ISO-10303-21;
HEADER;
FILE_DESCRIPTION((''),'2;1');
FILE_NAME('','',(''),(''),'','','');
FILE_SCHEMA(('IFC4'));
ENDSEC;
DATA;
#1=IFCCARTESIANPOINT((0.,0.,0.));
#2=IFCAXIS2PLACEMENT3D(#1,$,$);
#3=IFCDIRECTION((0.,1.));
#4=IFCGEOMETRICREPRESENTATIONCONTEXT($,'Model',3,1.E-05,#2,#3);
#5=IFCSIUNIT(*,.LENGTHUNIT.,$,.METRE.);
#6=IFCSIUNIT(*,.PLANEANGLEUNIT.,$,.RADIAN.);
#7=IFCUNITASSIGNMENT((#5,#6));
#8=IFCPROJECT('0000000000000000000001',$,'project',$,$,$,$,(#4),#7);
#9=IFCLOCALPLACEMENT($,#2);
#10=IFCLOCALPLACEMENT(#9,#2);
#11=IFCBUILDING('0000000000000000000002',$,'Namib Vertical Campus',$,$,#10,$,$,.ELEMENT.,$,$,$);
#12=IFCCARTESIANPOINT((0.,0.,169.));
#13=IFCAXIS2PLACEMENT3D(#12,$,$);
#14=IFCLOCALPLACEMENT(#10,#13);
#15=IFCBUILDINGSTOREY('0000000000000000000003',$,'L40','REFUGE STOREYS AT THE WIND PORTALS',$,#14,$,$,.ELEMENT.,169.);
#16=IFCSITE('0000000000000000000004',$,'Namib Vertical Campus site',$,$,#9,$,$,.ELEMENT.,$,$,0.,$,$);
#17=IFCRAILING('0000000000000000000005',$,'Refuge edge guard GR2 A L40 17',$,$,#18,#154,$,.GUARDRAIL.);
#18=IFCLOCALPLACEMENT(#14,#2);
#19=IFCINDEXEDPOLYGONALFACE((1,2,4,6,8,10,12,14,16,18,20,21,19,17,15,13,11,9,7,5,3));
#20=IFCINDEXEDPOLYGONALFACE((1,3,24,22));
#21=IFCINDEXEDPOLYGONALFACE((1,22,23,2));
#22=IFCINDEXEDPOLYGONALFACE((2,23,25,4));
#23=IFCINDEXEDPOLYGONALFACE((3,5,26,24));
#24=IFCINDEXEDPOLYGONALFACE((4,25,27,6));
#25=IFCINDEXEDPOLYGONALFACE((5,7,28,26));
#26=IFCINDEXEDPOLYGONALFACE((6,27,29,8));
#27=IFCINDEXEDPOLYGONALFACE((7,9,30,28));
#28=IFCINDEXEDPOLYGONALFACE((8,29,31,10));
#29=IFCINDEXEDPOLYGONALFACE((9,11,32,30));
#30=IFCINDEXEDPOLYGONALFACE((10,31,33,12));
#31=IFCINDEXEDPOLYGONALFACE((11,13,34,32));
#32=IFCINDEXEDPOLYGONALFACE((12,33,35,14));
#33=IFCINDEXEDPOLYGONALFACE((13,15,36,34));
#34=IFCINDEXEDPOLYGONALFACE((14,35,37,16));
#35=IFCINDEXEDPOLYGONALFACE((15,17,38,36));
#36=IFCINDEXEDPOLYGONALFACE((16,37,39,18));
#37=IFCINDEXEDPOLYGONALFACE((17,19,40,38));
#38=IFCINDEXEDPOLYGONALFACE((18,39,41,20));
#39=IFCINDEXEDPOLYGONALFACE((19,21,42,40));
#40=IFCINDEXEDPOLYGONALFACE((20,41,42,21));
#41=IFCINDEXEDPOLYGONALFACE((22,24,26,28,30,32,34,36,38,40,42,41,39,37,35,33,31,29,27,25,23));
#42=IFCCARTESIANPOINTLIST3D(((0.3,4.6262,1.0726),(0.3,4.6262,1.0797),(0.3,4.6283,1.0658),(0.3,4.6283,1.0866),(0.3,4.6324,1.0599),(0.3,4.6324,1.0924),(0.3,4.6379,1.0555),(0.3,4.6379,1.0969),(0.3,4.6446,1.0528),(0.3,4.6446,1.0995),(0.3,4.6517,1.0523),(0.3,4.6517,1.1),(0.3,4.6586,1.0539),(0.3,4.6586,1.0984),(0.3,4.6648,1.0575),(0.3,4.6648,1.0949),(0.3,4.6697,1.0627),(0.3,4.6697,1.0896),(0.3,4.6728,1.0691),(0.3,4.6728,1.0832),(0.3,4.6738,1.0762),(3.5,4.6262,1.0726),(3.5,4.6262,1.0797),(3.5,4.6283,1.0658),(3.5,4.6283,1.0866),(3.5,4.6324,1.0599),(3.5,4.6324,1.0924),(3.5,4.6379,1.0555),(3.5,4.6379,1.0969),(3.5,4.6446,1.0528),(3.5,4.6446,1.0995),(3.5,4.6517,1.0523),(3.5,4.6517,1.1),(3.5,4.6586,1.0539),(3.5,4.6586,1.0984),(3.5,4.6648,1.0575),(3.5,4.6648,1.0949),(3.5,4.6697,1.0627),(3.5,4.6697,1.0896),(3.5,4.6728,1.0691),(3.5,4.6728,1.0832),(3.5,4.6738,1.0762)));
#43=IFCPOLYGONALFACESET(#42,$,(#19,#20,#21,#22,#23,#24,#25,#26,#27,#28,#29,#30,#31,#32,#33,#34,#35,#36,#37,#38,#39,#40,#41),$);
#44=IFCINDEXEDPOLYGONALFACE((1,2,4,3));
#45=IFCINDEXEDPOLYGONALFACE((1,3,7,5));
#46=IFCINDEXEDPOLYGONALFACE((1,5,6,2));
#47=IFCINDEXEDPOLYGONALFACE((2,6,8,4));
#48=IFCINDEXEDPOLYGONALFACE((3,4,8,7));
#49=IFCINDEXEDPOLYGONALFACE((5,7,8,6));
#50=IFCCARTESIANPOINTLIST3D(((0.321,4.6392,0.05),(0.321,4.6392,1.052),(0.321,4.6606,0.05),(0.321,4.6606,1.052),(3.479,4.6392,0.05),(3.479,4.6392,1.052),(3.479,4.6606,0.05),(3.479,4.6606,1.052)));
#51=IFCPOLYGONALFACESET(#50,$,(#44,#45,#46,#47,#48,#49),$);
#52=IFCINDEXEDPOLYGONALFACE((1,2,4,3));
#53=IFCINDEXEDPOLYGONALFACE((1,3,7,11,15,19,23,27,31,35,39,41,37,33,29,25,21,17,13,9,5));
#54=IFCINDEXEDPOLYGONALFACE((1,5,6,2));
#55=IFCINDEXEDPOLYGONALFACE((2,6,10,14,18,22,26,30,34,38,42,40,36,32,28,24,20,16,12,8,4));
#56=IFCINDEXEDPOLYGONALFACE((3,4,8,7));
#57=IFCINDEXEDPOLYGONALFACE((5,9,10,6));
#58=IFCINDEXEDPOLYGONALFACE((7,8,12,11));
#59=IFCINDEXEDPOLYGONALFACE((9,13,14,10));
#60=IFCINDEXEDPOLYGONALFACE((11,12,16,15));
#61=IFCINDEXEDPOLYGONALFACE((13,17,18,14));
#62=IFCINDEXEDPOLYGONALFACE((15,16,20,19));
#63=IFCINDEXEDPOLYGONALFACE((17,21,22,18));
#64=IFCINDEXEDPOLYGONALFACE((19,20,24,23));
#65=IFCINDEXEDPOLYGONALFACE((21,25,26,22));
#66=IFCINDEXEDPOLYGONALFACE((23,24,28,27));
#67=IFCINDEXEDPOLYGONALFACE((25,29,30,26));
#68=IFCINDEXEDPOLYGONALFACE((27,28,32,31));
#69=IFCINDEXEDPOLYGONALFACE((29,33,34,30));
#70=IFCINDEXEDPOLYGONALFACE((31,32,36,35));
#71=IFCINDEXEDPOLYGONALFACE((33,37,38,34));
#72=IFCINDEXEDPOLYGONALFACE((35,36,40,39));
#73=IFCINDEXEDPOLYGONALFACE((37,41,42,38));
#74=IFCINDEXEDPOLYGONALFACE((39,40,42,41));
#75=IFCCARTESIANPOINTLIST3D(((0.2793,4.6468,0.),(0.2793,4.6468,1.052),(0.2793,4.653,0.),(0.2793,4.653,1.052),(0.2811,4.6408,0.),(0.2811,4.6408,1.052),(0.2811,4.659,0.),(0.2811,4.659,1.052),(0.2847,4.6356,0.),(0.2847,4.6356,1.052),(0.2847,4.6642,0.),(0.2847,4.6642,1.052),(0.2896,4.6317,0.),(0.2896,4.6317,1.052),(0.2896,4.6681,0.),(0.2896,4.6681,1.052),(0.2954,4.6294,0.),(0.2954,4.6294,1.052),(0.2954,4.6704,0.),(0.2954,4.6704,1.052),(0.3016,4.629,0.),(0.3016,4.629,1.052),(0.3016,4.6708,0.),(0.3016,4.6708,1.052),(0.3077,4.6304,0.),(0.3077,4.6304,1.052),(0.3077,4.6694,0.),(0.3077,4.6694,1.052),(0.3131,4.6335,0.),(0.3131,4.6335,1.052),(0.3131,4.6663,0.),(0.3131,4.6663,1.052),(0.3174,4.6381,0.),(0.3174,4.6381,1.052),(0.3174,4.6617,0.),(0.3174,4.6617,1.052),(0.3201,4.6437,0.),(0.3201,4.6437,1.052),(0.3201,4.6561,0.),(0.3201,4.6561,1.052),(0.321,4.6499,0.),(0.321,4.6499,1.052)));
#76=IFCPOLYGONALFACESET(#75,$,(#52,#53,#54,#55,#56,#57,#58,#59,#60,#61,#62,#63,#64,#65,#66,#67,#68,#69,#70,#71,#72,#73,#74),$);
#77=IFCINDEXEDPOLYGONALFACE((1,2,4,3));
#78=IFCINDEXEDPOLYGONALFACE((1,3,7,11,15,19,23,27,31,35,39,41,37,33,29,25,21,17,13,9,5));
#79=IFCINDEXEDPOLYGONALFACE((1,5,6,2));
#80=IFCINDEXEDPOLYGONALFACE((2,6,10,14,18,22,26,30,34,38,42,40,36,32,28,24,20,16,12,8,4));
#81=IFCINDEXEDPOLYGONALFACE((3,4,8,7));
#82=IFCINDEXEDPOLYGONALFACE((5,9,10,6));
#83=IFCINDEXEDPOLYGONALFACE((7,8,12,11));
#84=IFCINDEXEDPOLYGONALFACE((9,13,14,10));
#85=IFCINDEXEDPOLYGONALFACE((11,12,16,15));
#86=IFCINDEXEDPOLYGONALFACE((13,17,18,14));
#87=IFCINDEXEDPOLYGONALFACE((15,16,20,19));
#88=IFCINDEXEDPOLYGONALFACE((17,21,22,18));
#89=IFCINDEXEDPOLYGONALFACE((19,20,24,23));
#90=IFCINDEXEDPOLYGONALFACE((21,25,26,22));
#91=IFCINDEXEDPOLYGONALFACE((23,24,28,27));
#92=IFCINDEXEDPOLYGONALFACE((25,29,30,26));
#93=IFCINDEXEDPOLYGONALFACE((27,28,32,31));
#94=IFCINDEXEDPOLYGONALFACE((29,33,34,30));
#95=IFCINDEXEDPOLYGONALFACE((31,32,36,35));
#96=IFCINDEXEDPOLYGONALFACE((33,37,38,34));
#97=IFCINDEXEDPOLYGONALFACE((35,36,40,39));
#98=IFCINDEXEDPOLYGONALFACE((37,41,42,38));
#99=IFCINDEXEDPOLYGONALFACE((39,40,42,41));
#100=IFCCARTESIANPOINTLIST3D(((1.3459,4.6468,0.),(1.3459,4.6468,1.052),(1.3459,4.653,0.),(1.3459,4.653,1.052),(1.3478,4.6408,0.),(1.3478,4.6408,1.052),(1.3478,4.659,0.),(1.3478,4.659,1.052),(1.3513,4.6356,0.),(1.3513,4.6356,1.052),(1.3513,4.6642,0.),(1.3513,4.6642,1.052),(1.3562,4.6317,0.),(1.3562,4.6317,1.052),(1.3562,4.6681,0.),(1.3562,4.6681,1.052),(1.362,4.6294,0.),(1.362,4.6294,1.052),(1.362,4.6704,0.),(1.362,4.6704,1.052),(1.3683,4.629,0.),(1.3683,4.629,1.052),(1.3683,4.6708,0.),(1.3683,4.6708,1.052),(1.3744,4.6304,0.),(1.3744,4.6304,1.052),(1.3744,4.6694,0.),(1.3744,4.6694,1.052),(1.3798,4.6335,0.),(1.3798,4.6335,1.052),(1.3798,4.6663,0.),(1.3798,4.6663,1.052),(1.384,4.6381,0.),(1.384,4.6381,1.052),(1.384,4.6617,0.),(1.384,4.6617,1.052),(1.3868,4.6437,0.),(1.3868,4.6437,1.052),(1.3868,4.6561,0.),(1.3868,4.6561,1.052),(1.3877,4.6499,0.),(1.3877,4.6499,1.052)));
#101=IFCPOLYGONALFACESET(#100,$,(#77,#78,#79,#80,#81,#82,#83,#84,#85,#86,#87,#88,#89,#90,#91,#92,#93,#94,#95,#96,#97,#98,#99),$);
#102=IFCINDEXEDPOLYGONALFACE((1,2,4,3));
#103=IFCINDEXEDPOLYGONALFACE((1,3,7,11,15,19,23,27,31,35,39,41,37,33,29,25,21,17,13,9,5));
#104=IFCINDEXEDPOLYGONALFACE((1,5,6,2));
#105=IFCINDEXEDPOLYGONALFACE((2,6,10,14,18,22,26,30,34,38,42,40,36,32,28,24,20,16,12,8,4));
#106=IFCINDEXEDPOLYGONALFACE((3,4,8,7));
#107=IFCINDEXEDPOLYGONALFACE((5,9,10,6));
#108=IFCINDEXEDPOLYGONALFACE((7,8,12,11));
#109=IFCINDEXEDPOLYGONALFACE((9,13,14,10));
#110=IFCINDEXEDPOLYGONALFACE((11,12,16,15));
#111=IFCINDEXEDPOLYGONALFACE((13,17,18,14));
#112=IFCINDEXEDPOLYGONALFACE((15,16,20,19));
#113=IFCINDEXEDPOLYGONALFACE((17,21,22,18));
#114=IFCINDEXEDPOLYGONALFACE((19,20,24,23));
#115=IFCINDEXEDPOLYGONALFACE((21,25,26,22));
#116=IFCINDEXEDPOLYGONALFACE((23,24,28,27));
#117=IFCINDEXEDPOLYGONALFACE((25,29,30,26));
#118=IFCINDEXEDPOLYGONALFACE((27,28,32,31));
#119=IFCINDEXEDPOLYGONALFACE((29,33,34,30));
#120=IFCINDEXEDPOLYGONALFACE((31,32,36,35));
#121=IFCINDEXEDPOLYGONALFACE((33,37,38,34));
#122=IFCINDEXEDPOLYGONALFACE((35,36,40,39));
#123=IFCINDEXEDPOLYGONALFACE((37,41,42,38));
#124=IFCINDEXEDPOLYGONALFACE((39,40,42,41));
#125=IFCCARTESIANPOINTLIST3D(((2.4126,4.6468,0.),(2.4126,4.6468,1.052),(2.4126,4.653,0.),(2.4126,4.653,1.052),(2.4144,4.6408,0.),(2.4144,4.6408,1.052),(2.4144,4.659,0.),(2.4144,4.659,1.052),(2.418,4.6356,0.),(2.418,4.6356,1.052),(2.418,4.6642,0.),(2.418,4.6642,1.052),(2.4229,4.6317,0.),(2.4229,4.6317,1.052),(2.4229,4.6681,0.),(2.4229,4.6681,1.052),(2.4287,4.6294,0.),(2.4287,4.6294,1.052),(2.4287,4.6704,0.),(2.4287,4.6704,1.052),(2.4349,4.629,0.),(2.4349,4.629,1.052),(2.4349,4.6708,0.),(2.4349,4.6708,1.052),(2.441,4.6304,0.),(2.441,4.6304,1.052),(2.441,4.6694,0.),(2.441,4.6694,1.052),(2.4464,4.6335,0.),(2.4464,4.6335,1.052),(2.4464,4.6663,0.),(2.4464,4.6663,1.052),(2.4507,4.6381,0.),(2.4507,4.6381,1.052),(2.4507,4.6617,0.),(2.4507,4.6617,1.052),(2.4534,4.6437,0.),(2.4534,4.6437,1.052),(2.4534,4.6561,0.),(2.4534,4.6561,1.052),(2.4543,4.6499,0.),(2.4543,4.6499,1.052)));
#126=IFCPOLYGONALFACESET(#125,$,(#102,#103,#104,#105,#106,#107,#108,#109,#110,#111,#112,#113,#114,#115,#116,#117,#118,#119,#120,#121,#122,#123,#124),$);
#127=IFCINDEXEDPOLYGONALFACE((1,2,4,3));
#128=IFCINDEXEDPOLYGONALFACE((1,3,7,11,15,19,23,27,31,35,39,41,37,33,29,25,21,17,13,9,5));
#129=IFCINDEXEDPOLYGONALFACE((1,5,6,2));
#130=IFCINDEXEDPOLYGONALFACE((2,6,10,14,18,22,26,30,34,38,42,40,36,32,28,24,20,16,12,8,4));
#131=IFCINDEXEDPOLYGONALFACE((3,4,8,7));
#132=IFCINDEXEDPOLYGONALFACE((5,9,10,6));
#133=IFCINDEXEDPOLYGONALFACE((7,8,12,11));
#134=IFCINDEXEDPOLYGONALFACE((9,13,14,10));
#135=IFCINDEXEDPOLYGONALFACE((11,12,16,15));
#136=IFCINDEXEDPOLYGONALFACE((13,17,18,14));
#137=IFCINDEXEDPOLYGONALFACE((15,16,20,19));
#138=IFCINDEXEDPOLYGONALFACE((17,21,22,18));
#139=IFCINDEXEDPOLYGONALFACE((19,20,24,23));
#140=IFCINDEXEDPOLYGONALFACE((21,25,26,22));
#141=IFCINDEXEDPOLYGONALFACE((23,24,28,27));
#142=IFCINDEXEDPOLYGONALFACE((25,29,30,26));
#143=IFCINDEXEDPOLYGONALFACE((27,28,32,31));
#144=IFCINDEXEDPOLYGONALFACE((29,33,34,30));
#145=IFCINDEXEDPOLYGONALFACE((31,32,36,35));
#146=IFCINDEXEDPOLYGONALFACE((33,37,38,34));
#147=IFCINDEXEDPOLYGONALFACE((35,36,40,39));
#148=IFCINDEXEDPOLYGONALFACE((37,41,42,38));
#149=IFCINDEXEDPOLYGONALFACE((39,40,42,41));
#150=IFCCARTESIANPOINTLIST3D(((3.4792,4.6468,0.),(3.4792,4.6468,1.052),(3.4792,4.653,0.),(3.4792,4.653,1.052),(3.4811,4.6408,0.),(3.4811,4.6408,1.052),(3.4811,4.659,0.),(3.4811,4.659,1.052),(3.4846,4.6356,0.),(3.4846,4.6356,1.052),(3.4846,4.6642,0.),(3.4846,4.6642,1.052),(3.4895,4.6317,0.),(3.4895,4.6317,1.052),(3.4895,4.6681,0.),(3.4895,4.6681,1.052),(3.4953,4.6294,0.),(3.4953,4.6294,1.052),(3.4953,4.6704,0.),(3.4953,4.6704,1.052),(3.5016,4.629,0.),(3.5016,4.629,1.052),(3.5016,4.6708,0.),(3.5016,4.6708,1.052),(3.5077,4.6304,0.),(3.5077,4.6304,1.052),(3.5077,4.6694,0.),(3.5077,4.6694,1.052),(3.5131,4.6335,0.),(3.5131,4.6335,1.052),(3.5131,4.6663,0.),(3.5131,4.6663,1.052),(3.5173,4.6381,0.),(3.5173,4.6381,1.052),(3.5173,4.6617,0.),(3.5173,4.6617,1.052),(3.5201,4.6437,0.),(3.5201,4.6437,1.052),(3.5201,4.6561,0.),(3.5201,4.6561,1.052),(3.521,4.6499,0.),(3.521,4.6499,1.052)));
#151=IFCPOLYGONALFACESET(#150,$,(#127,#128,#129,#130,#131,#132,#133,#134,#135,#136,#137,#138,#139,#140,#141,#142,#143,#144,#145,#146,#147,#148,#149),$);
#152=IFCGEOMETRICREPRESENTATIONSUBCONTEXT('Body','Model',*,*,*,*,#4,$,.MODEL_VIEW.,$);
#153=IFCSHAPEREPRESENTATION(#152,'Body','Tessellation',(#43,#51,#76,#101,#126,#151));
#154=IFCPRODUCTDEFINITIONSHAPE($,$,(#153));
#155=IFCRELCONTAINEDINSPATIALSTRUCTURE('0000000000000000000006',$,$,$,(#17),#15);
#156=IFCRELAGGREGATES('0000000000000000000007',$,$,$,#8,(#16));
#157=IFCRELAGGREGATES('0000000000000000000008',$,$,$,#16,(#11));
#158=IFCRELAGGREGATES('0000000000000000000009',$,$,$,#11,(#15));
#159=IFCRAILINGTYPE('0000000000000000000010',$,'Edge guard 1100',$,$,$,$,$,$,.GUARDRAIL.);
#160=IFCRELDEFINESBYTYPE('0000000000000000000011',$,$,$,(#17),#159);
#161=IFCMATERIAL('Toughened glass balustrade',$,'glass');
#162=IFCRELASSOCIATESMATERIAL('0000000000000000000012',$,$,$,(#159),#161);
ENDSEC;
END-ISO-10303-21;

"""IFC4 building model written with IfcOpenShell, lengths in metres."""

from ifc_helpers import new_model, si_unit, direction, frame, origin, origin_2d, place, context, subcontext, project, spatial, polyline, circle, outline, extrude, material, type_object, element, save


model = new_model("IFC4")

# Units and contexts
model_context = context("Model", 3, precision=1e-05, world=origin(), true_north=direction((0.0, 1.0)))
body_context = subcontext(model_context, "Body", "Model", "MODEL_VIEW")
ifc_project = project(units=[si_unit("LENGTHUNIT", "METRE"), si_unit("PLANEANGLEUNIT", "RADIAN")], contexts=[model_context])

# Site, building, storey
site_placement = place(None, origin())
site = spatial("IfcSite", under=ifc_project, at=site_placement, Name="Namib Vertical Campus site", CompositionType="ELEMENT", RefElevation=0.0)
building_placement = place(site_placement, origin())
building = spatial("IfcBuilding", under=site, at=building_placement, Name="Namib Vertical Campus", CompositionType="ELEMENT")
storey_placement = place(building_placement, frame((0.0, 0.0, 169.0)))
storey = spatial("IfcBuildingStorey", under=building, at=storey_placement, Name="L40", Description="REFUGE STOREYS AT THE WIND PORTALS", CompositionType="ELEMENT", Elevation=169.0)

# Railing
ifc_material_1 = material(Name="Toughened glass balustrade", Category="glass")
railing_type = type_object("IfcRailingType", Name="Edge guard 1100", PredefinedType="GUARDRAIL", material=ifc_material_1)
railing_1_placement = place(storey_placement, frame((0.3, 4.6499, 0.0)))
element("IfcRailing", 1, at=railing_1_placement, inside=storey, type_object=railing_type, Name="Refuge edge guard GR2 A L40 17", PredefinedType="GUARDRAIL", context=body_context, shape_type="SweptSolid", body=[
    extrude(circle(Radius=0.0239, at=origin_2d()), frame((0.0, 0.0, 1.0762), z_axis=(1.0, 0.0, 0.0), x_axis=(0.0, 1.0, 0.0)), (0.0, 0.0, 1.0), 3.2),
    extrude(outline(polyline([(0.021, 0.05), (3.179, 0.05), (3.179, 1.052), (0.021, 1.052), (0.021, 0.05)])), frame((0.0, 0.0107, 0.0), z_axis=(0.0, -1.0, 0.0), x_axis=(1.0, 0.0, 0.0)), (0.0, 0.0, 1.0), 0.0215),
    extrude(circle(Radius=0.021, at=origin_2d()), origin(), (0.0, 0.0, 1.0), 1.052),
    extrude(circle(Radius=0.021, at=origin_2d()), frame((1.0667, 0.0, 0.0)), (0.0, 0.0, 1.0), 1.052),
    extrude(circle(Radius=0.021, at=origin_2d()), frame((2.1333, 0.0, 0.0)), (0.0, 0.0, 1.0), 1.052),
    extrude(circle(Radius=0.021, at=origin_2d()), frame((3.2, 0.0, 0.0)), (0.0, 0.0, 1.0), 1.052),
])

save(model, "model.ifc")
